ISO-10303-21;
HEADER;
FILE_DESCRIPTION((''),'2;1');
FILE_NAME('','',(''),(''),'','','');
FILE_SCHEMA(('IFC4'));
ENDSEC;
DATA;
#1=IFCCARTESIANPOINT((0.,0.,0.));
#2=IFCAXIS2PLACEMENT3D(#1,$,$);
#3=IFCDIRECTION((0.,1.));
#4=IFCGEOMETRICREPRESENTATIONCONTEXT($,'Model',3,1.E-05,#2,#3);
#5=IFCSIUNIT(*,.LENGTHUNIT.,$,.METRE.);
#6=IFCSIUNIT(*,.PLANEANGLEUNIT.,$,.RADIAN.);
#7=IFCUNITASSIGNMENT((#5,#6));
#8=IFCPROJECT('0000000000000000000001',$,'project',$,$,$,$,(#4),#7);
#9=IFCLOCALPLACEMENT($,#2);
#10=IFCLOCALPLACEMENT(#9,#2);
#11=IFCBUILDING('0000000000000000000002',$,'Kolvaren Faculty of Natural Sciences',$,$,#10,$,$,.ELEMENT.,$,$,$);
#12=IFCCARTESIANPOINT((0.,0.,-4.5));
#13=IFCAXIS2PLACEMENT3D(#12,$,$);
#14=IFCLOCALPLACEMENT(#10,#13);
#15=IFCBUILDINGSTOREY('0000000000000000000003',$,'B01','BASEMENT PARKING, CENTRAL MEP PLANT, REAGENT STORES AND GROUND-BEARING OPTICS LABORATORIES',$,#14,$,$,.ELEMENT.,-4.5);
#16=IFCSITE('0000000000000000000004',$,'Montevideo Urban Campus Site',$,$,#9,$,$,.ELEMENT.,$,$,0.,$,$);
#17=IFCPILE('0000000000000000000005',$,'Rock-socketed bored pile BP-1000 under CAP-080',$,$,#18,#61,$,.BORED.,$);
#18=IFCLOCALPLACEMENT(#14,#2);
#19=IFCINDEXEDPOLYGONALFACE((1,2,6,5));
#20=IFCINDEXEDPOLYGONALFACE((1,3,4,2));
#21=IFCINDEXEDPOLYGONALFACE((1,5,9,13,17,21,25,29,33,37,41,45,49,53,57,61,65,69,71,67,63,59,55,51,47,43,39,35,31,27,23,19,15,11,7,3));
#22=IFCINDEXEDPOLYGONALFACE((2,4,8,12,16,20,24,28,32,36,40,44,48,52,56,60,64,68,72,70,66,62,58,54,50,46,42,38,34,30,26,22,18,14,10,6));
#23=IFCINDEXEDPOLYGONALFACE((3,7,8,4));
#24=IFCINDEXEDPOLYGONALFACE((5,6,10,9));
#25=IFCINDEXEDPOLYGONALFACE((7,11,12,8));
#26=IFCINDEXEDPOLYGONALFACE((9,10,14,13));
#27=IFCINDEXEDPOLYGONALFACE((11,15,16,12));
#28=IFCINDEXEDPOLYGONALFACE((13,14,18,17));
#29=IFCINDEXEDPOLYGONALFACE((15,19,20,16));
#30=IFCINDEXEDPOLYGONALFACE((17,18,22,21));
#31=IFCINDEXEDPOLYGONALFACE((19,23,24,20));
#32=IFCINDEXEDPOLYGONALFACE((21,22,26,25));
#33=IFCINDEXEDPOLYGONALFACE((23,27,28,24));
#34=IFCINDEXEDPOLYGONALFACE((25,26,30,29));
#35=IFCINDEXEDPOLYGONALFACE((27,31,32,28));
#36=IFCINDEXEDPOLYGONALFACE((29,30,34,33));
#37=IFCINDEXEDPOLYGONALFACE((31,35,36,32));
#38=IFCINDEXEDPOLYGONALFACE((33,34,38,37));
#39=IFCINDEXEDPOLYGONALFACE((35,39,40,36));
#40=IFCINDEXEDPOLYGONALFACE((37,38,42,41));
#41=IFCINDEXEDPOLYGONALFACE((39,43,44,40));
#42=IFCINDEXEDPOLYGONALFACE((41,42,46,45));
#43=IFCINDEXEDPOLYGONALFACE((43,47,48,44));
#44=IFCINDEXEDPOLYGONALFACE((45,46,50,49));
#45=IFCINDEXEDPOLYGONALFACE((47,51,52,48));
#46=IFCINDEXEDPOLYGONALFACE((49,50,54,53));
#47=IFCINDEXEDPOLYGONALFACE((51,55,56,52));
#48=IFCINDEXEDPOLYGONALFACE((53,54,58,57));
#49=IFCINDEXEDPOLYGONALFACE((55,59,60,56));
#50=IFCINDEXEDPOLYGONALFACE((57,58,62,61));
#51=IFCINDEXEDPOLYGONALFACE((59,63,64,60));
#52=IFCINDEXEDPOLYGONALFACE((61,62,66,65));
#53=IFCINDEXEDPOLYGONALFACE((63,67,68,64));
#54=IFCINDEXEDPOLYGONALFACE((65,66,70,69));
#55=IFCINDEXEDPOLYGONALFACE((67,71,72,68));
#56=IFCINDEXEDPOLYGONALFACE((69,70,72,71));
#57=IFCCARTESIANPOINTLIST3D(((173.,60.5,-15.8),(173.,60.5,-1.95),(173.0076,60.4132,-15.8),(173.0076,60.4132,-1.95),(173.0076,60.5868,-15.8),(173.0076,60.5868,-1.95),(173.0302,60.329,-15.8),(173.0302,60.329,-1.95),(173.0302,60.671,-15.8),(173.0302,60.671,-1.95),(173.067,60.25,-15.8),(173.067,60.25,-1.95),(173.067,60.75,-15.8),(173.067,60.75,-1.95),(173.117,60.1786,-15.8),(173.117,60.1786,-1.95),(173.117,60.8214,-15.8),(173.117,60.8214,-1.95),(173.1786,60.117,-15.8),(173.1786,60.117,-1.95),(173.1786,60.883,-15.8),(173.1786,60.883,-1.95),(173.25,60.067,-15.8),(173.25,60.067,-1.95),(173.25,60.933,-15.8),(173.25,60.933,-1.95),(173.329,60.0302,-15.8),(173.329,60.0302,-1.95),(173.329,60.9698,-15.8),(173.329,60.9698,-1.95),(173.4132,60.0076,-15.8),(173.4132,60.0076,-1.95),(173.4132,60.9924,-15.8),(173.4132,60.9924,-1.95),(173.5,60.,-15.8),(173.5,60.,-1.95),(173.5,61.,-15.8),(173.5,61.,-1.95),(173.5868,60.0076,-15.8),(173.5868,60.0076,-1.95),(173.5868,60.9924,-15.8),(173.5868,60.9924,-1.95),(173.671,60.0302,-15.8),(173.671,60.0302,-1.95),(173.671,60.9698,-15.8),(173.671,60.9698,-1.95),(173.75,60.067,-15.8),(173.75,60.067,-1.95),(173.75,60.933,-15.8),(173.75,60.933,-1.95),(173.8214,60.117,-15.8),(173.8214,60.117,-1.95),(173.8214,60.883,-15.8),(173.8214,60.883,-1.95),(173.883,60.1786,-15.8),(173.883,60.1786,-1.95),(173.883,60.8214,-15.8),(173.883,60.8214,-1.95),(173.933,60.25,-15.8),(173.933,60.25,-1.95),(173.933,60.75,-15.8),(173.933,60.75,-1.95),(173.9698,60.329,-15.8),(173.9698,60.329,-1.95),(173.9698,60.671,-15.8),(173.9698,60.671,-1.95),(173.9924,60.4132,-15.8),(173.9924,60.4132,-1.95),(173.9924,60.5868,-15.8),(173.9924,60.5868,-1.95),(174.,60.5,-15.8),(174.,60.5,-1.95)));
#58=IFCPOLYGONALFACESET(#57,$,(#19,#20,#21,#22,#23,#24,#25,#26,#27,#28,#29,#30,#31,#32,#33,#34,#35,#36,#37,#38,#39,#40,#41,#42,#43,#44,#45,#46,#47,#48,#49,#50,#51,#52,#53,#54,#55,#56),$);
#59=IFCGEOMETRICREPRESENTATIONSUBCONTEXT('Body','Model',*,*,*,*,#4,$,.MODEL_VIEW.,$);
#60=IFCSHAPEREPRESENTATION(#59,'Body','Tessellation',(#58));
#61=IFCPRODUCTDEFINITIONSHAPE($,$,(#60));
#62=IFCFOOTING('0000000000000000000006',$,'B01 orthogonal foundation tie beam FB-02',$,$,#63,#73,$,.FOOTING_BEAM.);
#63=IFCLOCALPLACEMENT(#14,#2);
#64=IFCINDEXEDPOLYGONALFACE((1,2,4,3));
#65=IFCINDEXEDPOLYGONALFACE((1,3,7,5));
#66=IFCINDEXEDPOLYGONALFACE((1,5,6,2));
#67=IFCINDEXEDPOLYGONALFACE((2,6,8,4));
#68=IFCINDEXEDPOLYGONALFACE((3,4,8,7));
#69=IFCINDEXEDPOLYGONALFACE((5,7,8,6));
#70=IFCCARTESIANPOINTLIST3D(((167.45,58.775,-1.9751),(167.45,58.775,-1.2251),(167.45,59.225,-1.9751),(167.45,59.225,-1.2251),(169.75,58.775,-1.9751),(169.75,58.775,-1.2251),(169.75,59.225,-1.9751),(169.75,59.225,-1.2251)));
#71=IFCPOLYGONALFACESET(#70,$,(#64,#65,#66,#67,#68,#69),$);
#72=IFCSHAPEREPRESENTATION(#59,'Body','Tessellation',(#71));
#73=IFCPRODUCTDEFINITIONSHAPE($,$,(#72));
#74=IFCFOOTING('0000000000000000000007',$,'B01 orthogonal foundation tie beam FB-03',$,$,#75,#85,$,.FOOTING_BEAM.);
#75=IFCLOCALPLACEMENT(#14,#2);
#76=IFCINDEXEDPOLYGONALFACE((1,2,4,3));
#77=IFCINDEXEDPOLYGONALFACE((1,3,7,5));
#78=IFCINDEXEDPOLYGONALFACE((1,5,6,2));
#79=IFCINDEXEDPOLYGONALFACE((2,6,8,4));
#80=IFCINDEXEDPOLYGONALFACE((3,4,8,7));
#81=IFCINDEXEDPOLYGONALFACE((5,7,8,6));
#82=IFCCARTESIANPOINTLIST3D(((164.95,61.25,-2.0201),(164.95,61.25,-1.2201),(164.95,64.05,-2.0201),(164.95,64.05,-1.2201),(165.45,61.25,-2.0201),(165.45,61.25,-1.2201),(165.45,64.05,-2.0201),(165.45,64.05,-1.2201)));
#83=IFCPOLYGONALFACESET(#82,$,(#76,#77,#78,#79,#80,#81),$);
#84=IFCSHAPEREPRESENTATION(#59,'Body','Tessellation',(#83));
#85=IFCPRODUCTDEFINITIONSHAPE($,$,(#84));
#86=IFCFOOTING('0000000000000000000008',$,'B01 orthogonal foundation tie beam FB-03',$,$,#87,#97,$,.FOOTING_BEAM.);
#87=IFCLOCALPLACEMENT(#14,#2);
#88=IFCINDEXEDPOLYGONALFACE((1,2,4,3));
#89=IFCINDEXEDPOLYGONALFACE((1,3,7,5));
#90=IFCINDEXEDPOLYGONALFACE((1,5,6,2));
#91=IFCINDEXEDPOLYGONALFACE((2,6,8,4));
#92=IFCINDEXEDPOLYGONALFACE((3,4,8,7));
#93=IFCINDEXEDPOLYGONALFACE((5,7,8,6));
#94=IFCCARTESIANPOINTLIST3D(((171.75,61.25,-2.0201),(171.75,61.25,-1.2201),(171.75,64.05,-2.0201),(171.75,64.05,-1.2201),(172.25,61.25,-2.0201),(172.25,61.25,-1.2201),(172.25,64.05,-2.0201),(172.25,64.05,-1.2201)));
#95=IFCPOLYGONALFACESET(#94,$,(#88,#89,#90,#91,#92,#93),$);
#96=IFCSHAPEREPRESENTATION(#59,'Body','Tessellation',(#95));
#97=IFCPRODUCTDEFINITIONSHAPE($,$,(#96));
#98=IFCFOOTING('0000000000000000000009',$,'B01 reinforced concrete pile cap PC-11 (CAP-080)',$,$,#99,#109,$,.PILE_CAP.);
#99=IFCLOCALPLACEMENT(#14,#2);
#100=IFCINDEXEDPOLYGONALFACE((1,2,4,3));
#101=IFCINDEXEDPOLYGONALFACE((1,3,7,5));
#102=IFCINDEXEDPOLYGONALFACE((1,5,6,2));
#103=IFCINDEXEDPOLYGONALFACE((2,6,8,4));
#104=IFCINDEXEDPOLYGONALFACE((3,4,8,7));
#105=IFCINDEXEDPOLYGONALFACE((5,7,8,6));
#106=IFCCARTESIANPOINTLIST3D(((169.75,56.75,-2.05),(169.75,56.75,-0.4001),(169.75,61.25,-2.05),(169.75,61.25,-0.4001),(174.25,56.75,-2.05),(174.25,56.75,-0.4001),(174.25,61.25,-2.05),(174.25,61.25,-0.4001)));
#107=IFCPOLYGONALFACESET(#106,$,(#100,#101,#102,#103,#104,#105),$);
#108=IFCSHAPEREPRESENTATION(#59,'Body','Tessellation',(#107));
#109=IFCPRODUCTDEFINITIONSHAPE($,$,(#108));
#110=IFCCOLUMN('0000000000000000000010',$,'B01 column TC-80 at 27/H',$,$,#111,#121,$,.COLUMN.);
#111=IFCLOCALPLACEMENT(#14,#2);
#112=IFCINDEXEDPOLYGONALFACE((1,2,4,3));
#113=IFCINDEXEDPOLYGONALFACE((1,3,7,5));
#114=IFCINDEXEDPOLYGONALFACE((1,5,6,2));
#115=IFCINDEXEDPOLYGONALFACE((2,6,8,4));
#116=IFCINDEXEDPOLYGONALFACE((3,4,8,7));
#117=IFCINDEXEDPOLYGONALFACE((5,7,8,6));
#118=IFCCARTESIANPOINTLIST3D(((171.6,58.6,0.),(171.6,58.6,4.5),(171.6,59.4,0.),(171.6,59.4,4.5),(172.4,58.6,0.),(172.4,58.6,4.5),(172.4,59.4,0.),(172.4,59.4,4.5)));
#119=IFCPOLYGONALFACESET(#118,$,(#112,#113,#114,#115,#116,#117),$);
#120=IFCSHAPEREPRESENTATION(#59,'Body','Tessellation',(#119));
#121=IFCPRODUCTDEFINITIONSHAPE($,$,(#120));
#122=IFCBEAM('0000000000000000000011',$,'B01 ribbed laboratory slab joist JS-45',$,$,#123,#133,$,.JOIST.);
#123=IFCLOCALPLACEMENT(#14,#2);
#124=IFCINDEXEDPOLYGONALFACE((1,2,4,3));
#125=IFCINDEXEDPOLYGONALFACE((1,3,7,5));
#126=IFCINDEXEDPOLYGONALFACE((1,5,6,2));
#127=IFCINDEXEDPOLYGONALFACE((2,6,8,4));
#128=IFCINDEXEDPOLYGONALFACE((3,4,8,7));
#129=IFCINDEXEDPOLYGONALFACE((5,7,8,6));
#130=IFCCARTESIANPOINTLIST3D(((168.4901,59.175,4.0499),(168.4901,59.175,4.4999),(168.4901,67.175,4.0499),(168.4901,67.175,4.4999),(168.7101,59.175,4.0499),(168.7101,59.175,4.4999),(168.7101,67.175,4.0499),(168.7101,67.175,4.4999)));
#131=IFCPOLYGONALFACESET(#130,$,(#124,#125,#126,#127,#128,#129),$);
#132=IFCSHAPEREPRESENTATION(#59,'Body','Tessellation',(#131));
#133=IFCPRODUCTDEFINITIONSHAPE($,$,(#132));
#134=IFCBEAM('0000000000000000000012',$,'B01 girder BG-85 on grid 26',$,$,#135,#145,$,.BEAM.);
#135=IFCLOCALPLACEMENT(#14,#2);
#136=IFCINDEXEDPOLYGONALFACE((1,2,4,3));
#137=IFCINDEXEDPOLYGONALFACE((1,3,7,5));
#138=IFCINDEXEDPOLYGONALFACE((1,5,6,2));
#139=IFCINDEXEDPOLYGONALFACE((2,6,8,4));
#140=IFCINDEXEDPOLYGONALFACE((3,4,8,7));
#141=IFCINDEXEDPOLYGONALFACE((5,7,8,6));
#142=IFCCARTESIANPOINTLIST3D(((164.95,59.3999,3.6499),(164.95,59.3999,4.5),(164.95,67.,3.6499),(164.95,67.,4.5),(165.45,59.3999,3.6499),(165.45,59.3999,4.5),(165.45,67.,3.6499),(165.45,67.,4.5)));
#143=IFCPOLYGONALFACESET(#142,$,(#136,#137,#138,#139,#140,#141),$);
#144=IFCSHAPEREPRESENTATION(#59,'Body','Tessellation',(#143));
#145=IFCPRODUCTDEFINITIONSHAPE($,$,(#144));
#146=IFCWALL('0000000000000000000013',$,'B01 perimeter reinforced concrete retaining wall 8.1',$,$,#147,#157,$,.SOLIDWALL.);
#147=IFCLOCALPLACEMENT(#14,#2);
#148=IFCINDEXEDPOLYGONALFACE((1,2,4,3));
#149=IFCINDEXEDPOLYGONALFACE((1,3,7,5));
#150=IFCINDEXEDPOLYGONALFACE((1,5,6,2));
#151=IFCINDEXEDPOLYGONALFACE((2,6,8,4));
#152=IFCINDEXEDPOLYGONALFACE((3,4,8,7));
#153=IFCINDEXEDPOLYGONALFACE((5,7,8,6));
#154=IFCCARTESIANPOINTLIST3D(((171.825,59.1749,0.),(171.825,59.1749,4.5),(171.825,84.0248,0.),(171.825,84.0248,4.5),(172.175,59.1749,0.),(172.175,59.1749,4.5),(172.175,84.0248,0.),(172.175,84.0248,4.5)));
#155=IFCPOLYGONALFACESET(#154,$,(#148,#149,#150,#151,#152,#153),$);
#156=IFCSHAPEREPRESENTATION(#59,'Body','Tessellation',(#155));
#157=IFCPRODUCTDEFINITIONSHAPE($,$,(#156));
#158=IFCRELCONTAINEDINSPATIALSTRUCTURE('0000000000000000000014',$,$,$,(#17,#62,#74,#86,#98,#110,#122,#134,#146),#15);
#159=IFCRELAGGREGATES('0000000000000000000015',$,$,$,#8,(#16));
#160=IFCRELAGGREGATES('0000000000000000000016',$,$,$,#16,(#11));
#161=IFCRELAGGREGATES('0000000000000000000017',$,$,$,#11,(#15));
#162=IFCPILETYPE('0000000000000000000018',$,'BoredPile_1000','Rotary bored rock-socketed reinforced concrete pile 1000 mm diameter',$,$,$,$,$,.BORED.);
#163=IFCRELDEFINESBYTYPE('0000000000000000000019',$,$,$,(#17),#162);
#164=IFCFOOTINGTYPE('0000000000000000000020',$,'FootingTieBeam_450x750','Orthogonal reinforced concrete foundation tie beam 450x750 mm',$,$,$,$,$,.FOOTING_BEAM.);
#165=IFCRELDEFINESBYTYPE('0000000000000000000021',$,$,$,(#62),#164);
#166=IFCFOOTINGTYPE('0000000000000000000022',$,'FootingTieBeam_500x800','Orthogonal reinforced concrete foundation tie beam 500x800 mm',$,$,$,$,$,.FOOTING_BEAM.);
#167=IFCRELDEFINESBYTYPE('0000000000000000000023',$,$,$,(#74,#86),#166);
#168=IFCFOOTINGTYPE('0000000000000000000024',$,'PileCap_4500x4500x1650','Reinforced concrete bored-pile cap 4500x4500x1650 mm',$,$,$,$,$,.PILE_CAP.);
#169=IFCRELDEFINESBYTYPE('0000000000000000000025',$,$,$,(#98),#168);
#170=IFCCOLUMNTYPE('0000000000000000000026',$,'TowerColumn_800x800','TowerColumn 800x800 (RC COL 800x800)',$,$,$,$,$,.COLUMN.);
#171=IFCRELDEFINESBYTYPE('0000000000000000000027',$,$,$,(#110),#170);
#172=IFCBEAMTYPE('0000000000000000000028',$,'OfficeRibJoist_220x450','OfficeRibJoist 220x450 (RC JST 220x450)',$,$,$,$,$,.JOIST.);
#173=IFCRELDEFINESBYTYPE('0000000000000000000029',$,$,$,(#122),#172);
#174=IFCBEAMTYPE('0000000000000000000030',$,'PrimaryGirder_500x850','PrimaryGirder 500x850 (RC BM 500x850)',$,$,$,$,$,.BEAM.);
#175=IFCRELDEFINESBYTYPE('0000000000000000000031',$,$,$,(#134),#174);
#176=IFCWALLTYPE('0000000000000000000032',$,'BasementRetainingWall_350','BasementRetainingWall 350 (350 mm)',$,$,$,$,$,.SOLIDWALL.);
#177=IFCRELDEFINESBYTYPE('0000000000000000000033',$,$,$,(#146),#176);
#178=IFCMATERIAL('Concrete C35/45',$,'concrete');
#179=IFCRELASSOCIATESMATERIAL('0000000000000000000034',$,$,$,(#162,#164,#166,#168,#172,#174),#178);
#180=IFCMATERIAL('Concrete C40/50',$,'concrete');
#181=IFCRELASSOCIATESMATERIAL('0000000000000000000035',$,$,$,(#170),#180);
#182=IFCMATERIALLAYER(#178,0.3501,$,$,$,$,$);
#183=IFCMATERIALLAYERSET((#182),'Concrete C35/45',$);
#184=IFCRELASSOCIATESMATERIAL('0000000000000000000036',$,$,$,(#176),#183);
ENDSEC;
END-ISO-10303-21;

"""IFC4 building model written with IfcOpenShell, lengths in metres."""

from ifc_helpers import new_model, si_unit, direction, frame, frame_2d, origin, origin_2d, place, context, subcontext, project, spatial, rectangle, circle, extrude, material, layer, layer_set, material_profile, profile_set, type_object, element, save


model = new_model("IFC4")

# Units and contexts
model_context = context("Model", 3, precision=1e-05, world=origin(), true_north=direction((0.0, 1.0)))
body_context = subcontext(model_context, "Body", "Model", "MODEL_VIEW")
ifc_project = project(units=[si_unit("LENGTHUNIT", "METRE"), si_unit("PLANEANGLEUNIT", "RADIAN")], contexts=[model_context])

# Site, building, storey
site_placement = place(None, origin())
site = spatial("IfcSite", under=ifc_project, at=site_placement, Name="Montevideo Urban Campus Site", CompositionType="ELEMENT", RefElevation=0.0)
building_placement = place(site_placement, origin())
building = spatial("IfcBuilding", under=site, at=building_placement, Name="Kolvaren Faculty of Natural Sciences", CompositionType="ELEMENT")
storey_placement = place(building_placement, frame((0.0, 0.0, -4.5)))
storey = spatial("IfcBuildingStorey", under=building, at=storey_placement, Name="B01", Description="BASEMENT PARKING, CENTRAL MEP PLANT, REAGENT STORES AND GROUND-BEARING OPTICS LABORATORIES", CompositionType="ELEMENT", Elevation=-4.5)

# Pile
ifc_material_1 = material(Name="Concrete C35/45", Category="concrete")
ifc_material_profile_1 = material_profile(ifc_material_1, circle(Radius=0.5, at=origin_2d()), Name="PILE D1000")
ifc_profile_set_1 = profile_set([ifc_material_profile_1], Name="Concrete C35/45")
pile_type = type_object("IfcPileType", Name="BoredPile_1000", Description="Rotary bored rock-socketed reinforced concrete pile 1000 mm diameter", PredefinedType="BORED", material=ifc_profile_set_1)
for number, where, z_axis, x_axis, name in (
    (1, (173.5, 60.5, -1.95), (0.0, 0.0, -1.0), (1.0, 0.0, 0.0), "Rock-socketed bored pile BP-1000 under CAP-080"),
):
    element("IfcPile", number, at=place(storey_placement, frame(where, z_axis=z_axis, x_axis=x_axis)), inside=storey, type_object=pile_type, Name=name, PredefinedType="BORED", context=body_context, shape_type="SweptSolid", body=[
        extrude(circle(Radius=0.5, at=origin_2d()), origin(), (0.0, 0.0, 1.0), 13.8501),
    ])

# Footings
ifc_material_profile_2 = material_profile(ifc_material_1, rectangle(XDim=0.45, YDim=0.75, at=origin_2d()), Name="RC FB 450x750")
ifc_profile_set_2 = profile_set([ifc_material_profile_2], Name="Concrete C35/45")
footing_type_1 = type_object("IfcFootingType", Name="FootingTieBeam_450x750", Description="Orthogonal reinforced concrete foundation tie beam 450x750 mm", PredefinedType="FOOTING_BEAM", material=ifc_profile_set_2)
footing_1_placement = place(storey_placement, frame((167.45, 59.0, -1.6001), z_axis=(1.0, 0.0, 0.0), x_axis=(0.0, 1.0, 0.0)))
element("IfcFooting", 2, at=footing_1_placement, inside=storey, type_object=footing_type_1, Name="B01 orthogonal foundation tie beam FB-02", PredefinedType="FOOTING_BEAM", context=body_context, shape_type="SweptSolid", body=[
    extrude(rectangle(XDim=0.45, YDim=0.75, at=origin_2d()), origin(), (0.0, 0.0, 1.0), 2.3),
])
ifc_material_profile_3 = material_profile(ifc_material_1, rectangle(XDim=0.5, YDim=0.8, at=origin_2d()), Name="RC FB 500x800")
ifc_profile_set_3 = profile_set([ifc_material_profile_3], Name="Concrete C35/45")
footing_type_2 = type_object("IfcFootingType", Name="FootingTieBeam_500x800", Description="Orthogonal reinforced concrete foundation tie beam 500x800 mm", PredefinedType="FOOTING_BEAM", material=ifc_profile_set_3)
for number, where, z_axis, x_axis, name in (
    (3, (165.2, 61.25, -1.6201), (0.0, 1.0, 0.0), (-1.0, 0.0, 0.0), "B01 orthogonal foundation tie beam FB-03"),
    (4, (172.0, 61.25, -1.6201), (0.0, 1.0, 0.0), (-1.0, 0.0, 0.0), "B01 orthogonal foundation tie beam FB-03"),
):
    element("IfcFooting", number, at=place(storey_placement, frame(where, z_axis=z_axis, x_axis=x_axis)), inside=storey, type_object=footing_type_2, Name=name, PredefinedType="FOOTING_BEAM", context=body_context, shape_type="SweptSolid", body=[
        extrude(rectangle(XDim=0.5, YDim=0.8, at=origin_2d()), origin(), (0.0, 0.0, 1.0), 2.8),
    ])
footing_type_3 = type_object("IfcFootingType", Name="PileCap_4500x4500x1650", Description="Reinforced concrete bored-pile cap 4500x4500x1650 mm", PredefinedType="PILE_CAP", material=ifc_material_1)
footing_2_placement = place(storey_placement, frame((172.0, 59.0, -2.05), z_axis=(0.0, 0.0, 1.0), x_axis=(1.0, 0.0, 0.0)))
element("IfcFooting", 5, at=footing_2_placement, inside=storey, type_object=footing_type_3, Name="B01 reinforced concrete pile cap PC-11 (CAP-080)", PredefinedType="PILE_CAP", context=body_context, shape_type="SweptSolid", body=[
    extrude(rectangle(XDim=4.5, YDim=4.5, at=origin_2d()), origin(), (0.0, 0.0, 1.0), 1.6499),
])

# Column
ifc_material_2 = material(Name="Concrete C40/50", Category="concrete")
ifc_material_profile_4 = material_profile(ifc_material_2, rectangle(XDim=0.8, YDim=0.8, at=origin_2d()), Name="RC COL 800x800")
ifc_profile_set_4 = profile_set([ifc_material_profile_4], Name="Concrete C40/50")
column_type = type_object("IfcColumnType", Name="TowerColumn_800x800", Description="TowerColumn 800x800 (RC COL 800x800)", PredefinedType="COLUMN", material=ifc_profile_set_4)
column_placement = place(storey_placement, frame((172.0, 59.0, 0.0), z_axis=(0.0, 0.0, 1.0), x_axis=(1.0, 0.0, 0.0)))
element("IfcColumn", 6, at=column_placement, inside=storey, type_object=column_type, Name="B01 column TC-80 at 27/H", PredefinedType="COLUMN", context=body_context, shape_type="SweptSolid", body=[
    extrude(rectangle(XDim=0.8, YDim=0.8, at=origin_2d()), origin(), (0.0, 0.0, 1.0), 4.5),
])

# Beams
ifc_material_profile_5 = material_profile(ifc_material_1, rectangle(XDim=0.22, YDim=0.45, at=origin_2d()), Name="RC JST 220x450")
ifc_profile_set_5 = profile_set([ifc_material_profile_5], Name="Concrete C35/45")
beam_type_1 = type_object("IfcBeamType", Name="OfficeRibJoist_220x450", Description="OfficeRibJoist 220x450 (RC JST 220x450)", PredefinedType="JOIST", material=ifc_profile_set_5)
beam_1_placement = place(storey_placement, frame((168.6001, 59.175, 4.2749), z_axis=(0.0, 1.0, 0.0), x_axis=(-1.0, 0.0, 0.0)))
element("IfcBeam", 7, at=beam_1_placement, inside=storey, type_object=beam_type_1, Name="B01 ribbed laboratory slab joist JS-45", PredefinedType="JOIST", context=body_context, shape_type="SweptSolid", body=[
    extrude(rectangle(XDim=0.22, YDim=0.45, at=origin_2d()), origin(), (0.0, 0.0, 1.0), 8.0),
])
ifc_material_profile_6 = material_profile(ifc_material_1, rectangle(XDim=0.5, YDim=0.8501, at=origin_2d()), Name="RC BM 500x850")
ifc_profile_set_6 = profile_set([ifc_material_profile_6], Name="Concrete C35/45")
beam_type_2 = type_object("IfcBeamType", Name="PrimaryGirder_500x850", Description="PrimaryGirder 500x850 (RC BM 500x850)", PredefinedType="BEAM", material=ifc_profile_set_6)
beam_2_placement = place(storey_placement, frame((165.2, 59.3999, 4.075), z_axis=(0.0, 1.0, 0.0), x_axis=(-1.0, 0.0, 0.0)))
element("IfcBeam", 8, at=beam_2_placement, inside=storey, type_object=beam_type_2, Name="B01 girder BG-85 on grid 26", PredefinedType="BEAM", context=body_context, shape_type="SweptSolid", body=[
    extrude(rectangle(XDim=0.5, YDim=0.8501, at=origin_2d()), origin(), (0.0, 0.0, 1.0), 7.6001),
])

# Wall
ifc_layer_1 = layer(ifc_material_1, 0.3501)
ifc_layer_set_1 = layer_set([ifc_layer_1], Name="Concrete C35/45")
wall_type_1 = type_object("IfcWallType", Name="BasementRetainingWall_350", Description="BasementRetainingWall 350 (350 mm)", PredefinedType="SOLIDWALL", material=ifc_layer_set_1)
wall_1_placement = place(storey_placement, frame((172.0, 59.175, 0.0), z_axis=(0.0, 0.0, 1.0), x_axis=(0.0, 1.0, 0.0)))
element("IfcWall", 9, at=wall_1_placement, inside=storey, type_object=wall_type_1, Name="B01 perimeter reinforced concrete retaining wall 8.1", PredefinedType="SOLIDWALL", context=body_context, shape_type="SweptSolid", body=[
    extrude(rectangle(XDim=24.8499, YDim=0.3501, at=frame_2d((12.4248, 0.0))), origin(), (0.0, 0.0, 1.0), 4.5),
])

save(model, "model.ifc")
